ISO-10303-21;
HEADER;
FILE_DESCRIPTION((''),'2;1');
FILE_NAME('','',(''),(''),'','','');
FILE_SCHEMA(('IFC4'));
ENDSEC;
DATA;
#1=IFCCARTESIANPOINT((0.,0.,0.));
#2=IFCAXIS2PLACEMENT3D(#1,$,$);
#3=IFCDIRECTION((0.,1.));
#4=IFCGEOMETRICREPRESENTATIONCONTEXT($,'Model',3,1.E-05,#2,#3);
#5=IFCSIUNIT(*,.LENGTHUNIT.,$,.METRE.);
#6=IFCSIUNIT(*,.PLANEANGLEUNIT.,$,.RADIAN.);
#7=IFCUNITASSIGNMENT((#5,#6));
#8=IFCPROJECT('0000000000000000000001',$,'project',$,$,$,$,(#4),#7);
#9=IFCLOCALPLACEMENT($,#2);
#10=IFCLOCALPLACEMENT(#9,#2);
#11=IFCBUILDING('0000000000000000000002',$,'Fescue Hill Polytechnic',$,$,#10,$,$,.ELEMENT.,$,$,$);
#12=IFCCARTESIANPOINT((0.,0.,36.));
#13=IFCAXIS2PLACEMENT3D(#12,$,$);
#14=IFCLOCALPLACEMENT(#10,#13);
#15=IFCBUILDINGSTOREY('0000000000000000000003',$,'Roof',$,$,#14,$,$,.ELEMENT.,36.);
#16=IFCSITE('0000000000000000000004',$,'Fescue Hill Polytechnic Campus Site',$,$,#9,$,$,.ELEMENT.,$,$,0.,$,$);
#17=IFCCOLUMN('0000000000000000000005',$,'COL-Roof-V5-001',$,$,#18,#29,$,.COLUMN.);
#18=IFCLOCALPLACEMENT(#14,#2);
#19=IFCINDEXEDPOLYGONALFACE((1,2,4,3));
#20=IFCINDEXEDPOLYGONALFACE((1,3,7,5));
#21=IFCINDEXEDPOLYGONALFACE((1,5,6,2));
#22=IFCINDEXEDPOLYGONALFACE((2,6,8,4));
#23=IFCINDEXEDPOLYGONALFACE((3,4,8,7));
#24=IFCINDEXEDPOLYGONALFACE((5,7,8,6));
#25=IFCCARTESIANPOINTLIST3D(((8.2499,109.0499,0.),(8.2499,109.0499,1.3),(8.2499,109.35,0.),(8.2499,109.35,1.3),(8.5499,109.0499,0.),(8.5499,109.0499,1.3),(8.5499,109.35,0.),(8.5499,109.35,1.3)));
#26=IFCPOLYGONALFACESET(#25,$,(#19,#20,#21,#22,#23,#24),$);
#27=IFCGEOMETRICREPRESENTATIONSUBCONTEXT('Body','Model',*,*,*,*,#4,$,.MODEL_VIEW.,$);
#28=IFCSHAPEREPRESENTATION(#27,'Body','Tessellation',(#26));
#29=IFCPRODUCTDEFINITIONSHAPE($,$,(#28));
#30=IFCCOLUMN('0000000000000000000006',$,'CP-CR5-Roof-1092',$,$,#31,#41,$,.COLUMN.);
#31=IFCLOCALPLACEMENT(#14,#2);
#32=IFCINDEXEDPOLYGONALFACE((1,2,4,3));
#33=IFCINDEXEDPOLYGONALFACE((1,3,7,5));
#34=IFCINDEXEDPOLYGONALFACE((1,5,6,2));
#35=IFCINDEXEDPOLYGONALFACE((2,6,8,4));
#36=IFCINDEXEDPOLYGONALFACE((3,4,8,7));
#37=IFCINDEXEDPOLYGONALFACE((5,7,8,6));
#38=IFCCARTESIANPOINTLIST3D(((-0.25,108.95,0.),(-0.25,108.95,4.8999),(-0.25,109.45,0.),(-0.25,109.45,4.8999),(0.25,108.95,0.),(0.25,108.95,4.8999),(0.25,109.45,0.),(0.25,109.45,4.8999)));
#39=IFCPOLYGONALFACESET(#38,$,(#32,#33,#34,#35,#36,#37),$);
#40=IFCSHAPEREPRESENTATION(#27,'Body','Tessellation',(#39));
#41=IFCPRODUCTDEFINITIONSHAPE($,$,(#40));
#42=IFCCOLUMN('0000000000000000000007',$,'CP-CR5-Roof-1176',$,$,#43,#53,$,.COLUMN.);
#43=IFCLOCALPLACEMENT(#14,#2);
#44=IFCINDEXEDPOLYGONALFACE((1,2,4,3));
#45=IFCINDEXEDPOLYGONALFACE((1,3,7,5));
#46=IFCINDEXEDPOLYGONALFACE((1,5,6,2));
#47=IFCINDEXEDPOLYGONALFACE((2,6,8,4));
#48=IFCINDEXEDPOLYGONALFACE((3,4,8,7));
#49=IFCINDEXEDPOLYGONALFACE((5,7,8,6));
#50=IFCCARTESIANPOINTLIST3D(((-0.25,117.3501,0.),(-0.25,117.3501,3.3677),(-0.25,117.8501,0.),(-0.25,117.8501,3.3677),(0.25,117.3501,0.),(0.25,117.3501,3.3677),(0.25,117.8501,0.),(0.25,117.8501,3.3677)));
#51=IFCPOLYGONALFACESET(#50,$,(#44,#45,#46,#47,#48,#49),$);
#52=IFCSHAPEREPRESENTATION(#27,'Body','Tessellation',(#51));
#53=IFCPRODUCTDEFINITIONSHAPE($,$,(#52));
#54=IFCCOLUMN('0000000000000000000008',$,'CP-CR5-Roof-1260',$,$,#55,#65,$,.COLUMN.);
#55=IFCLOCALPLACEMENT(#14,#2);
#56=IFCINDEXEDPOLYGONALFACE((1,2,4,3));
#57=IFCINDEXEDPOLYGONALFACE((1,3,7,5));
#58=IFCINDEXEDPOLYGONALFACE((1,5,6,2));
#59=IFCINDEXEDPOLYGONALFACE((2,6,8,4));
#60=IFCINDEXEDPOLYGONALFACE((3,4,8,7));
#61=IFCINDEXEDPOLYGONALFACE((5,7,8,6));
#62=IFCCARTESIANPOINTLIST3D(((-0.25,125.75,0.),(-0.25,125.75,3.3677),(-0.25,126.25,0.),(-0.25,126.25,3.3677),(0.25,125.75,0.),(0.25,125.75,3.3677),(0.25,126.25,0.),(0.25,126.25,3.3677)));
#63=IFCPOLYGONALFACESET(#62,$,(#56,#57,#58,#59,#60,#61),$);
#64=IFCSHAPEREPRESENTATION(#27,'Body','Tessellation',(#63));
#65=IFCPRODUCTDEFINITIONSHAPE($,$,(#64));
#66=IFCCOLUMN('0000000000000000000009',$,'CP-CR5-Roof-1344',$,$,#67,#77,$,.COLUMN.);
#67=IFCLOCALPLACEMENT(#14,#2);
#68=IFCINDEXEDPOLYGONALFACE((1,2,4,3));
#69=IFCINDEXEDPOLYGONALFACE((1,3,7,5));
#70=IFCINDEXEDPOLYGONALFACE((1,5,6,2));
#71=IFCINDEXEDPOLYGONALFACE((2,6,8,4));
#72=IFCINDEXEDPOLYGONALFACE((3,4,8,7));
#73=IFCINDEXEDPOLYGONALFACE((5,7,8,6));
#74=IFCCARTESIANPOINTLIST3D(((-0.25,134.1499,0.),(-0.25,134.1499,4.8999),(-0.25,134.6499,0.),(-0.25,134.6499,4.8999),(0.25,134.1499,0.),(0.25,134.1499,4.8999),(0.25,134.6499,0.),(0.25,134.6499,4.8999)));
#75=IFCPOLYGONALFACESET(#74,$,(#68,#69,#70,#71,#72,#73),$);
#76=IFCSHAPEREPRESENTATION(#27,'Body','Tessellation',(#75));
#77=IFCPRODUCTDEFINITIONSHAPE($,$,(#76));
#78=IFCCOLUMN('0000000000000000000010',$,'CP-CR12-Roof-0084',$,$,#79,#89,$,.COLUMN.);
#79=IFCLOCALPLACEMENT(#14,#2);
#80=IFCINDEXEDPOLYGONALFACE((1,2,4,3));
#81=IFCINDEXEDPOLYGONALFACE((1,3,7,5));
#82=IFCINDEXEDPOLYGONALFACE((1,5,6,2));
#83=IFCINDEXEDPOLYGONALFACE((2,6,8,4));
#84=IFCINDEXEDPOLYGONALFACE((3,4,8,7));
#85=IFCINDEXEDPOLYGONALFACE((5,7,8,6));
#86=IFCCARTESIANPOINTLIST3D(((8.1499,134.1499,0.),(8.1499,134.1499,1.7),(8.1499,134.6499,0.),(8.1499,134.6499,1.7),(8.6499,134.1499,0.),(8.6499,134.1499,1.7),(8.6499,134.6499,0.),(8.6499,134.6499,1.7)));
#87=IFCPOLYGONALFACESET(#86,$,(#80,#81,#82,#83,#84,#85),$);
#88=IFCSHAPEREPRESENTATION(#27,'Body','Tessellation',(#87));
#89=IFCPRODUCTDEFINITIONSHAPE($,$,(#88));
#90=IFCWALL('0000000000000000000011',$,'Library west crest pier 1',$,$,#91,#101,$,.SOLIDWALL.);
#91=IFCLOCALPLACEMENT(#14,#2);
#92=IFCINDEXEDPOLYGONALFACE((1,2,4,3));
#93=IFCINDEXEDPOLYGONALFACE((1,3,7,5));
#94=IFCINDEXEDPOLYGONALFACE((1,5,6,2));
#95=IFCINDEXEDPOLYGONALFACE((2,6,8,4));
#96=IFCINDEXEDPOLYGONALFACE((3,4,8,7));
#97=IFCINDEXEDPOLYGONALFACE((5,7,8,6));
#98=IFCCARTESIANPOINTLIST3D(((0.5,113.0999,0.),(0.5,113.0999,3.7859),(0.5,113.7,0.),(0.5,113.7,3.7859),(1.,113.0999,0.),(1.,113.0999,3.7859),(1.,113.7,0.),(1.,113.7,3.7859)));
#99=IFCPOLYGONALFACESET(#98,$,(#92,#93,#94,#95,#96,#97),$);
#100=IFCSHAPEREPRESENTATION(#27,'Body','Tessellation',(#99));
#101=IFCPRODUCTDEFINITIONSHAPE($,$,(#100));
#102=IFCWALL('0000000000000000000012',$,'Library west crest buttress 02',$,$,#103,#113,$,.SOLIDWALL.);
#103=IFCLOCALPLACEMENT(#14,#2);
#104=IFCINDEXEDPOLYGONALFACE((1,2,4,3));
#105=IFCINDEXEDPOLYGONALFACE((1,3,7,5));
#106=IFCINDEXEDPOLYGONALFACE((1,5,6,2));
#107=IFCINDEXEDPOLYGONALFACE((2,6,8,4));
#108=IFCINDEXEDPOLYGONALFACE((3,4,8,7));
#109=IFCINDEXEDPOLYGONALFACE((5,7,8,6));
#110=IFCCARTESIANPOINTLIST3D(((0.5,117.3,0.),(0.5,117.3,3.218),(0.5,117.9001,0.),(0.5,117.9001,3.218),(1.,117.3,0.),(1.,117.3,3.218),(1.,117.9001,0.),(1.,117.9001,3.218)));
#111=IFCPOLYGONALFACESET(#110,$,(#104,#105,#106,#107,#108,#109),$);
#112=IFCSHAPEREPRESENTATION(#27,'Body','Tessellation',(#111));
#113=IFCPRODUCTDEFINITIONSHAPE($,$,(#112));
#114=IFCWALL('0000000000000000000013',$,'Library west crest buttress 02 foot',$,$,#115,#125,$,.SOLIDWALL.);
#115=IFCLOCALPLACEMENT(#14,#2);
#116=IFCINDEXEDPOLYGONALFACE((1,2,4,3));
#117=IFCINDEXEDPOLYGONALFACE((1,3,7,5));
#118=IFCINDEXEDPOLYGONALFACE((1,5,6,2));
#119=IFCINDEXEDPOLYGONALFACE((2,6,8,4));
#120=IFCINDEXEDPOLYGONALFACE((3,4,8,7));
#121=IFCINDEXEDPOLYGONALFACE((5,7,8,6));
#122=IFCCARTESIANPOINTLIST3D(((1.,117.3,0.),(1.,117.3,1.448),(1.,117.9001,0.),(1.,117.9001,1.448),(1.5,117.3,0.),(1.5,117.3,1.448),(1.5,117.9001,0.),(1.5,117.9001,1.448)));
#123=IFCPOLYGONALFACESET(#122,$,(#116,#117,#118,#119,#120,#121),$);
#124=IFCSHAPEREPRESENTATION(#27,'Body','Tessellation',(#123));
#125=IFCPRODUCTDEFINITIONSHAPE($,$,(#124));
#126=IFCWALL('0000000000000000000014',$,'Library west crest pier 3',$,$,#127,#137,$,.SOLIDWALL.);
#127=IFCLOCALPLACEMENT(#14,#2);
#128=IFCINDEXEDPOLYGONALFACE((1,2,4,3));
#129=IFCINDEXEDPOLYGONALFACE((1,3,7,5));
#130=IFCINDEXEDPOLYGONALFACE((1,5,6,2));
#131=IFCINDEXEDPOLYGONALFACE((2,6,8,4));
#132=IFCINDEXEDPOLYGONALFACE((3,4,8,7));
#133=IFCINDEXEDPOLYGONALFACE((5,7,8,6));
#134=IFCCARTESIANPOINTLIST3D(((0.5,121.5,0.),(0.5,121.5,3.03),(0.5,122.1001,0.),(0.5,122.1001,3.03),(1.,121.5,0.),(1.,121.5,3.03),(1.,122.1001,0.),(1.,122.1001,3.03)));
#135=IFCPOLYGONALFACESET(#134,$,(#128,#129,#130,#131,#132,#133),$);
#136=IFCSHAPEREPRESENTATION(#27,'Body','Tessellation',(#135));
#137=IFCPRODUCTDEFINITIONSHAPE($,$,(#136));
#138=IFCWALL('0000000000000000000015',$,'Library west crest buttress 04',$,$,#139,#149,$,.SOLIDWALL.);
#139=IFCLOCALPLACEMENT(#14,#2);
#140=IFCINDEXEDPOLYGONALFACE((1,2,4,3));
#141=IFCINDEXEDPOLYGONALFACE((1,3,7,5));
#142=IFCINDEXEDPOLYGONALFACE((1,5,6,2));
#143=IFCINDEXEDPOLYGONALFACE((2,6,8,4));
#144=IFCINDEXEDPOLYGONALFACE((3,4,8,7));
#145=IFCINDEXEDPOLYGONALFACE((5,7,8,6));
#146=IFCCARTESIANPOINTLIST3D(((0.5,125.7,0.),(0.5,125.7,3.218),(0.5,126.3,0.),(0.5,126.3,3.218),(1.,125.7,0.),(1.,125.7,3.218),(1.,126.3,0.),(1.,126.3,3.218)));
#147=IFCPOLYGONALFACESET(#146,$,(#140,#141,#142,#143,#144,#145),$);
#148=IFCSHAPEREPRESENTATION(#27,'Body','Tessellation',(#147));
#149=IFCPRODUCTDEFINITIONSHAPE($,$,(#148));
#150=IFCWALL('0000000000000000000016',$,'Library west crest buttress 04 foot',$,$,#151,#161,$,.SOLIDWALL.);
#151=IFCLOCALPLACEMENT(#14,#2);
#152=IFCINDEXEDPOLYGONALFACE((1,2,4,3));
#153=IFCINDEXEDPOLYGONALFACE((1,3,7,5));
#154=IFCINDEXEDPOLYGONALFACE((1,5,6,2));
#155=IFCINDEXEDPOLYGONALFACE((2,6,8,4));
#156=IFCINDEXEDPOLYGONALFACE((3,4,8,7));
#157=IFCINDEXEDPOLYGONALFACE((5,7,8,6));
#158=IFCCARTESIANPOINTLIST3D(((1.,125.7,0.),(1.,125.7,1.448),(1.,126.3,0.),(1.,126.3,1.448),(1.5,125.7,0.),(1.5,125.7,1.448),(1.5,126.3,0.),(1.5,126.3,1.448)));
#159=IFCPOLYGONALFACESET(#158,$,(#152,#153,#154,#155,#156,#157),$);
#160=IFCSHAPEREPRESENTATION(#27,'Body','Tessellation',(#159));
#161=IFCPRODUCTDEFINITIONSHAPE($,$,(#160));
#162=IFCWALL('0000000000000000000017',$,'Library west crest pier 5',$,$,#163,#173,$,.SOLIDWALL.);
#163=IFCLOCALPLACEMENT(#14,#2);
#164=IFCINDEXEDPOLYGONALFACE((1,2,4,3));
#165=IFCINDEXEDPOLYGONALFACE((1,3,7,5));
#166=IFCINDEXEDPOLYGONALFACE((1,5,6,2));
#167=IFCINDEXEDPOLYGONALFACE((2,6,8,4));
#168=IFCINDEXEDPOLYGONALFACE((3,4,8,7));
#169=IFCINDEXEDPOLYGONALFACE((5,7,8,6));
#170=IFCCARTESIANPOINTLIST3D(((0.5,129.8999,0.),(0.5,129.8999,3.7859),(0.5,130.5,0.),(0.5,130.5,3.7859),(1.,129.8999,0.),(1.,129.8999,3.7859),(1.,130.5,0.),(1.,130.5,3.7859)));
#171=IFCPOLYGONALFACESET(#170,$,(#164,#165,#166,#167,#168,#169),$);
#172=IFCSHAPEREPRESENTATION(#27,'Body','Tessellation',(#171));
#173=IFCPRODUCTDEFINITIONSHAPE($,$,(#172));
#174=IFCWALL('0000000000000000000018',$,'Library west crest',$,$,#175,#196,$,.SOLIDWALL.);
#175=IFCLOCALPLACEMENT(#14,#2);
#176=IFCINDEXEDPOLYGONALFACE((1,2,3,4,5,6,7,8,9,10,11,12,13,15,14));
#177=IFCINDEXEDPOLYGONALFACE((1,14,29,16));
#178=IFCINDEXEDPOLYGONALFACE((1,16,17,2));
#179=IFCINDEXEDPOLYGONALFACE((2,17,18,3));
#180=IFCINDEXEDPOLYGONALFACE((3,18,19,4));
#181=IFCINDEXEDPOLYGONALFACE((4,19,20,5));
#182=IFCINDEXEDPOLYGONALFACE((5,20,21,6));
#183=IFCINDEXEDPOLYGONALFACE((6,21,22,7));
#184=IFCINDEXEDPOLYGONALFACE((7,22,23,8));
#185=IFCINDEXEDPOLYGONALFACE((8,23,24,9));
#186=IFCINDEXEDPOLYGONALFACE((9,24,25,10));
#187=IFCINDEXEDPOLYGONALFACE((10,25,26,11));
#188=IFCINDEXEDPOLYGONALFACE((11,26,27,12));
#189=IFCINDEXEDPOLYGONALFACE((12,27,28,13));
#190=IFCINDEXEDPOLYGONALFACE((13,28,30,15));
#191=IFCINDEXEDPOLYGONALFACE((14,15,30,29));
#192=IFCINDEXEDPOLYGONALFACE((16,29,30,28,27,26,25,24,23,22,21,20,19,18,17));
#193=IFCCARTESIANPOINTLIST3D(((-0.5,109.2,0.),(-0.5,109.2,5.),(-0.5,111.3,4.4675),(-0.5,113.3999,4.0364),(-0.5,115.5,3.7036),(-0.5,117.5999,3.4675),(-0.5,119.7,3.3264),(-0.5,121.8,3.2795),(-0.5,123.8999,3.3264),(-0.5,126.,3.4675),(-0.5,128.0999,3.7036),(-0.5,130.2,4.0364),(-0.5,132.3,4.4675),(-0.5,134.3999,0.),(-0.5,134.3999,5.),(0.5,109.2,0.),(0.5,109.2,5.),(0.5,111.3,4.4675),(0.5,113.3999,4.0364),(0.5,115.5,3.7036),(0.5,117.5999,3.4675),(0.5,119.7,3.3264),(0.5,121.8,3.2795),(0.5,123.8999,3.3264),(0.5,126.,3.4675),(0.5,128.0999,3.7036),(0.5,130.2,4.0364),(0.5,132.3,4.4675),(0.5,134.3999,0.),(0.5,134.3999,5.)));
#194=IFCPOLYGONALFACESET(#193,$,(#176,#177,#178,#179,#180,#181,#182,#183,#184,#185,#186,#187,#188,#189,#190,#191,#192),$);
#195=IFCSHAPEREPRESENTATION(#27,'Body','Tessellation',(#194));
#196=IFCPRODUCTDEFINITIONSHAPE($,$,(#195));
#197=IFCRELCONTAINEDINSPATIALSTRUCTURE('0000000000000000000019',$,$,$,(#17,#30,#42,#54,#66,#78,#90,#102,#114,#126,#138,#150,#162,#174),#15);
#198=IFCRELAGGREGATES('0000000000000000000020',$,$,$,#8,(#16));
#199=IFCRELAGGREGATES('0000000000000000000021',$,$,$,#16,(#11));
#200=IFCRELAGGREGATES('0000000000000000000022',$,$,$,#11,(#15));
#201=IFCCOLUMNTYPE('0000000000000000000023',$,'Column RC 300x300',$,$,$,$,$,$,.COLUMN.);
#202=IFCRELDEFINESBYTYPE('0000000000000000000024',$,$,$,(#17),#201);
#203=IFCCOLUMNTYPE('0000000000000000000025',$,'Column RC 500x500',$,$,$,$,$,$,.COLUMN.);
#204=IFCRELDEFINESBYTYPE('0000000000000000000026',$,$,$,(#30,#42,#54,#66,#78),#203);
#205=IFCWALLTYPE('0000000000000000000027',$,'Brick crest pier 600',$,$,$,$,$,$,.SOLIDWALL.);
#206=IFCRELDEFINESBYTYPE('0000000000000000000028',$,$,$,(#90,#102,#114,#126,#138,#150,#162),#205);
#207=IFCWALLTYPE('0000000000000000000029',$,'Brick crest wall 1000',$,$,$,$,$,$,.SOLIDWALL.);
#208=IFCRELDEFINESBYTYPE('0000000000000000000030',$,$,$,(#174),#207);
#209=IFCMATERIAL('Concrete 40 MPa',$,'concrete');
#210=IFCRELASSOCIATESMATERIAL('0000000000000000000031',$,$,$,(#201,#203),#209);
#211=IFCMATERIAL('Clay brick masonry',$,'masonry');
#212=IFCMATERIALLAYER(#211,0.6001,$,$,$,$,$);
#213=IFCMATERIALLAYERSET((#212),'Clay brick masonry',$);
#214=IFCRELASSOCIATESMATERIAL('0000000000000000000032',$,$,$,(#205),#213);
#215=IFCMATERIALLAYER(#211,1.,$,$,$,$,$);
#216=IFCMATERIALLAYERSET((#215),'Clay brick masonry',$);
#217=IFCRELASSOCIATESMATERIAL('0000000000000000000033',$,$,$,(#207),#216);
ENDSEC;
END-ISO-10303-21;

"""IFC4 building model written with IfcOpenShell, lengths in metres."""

from ifc_helpers import new_model, si_unit, direction, frame, frame_2d, origin, origin_2d, place, context, subcontext, project, spatial, polyline, rectangle, outline, extrude, material, layer, layer_set, material_profile, profile_set, type_object, element, save


model = new_model("IFC4")

# Units and contexts
model_context = context("Model", 3, precision=1e-05, world=origin(), true_north=direction((0.0, 1.0)))
body_context = subcontext(model_context, "Body", "Model", "MODEL_VIEW")
ifc_project = project(units=[si_unit("LENGTHUNIT", "METRE"), si_unit("PLANEANGLEUNIT", "RADIAN")], contexts=[model_context])

# Site, building, storey
site_placement = place(None, origin())
site = spatial("IfcSite", under=ifc_project, at=site_placement, Name="Fescue Hill Polytechnic Campus Site", CompositionType="ELEMENT", RefElevation=0.0)
building_placement = place(site_placement, origin())
building = spatial("IfcBuilding", under=site, at=building_placement, Name="Fescue Hill Polytechnic", CompositionType="ELEMENT")
storey_placement = place(building_placement, frame((0.0, 0.0, 36.0)))
storey = spatial("IfcBuildingStorey", under=building, at=storey_placement, Name="Roof", CompositionType="ELEMENT", Elevation=36.0)

# Columns
ifc_material_1 = material(Name="Concrete 40 MPa", Category="concrete")
ifc_material_profile_1 = material_profile(ifc_material_1, rectangle(XDim=0.3, YDim=0.3, at=origin_2d()), Name="RC 300x300")
ifc_profile_set_1 = profile_set([ifc_material_profile_1], Name="Concrete 40 MPa")
column_type_1 = type_object("IfcColumnType", Name="Column RC 300x300", PredefinedType="COLUMN", material=ifc_profile_set_1)
column_1_placement = place(storey_placement, frame((8.3999, 109.2, 0.0), z_axis=(0.0, 0.0, 1.0), x_axis=(1.0, 0.0, 0.0)))
element("IfcColumn", 1, at=column_1_placement, inside=storey, type_object=column_type_1, Name="COL-Roof-V5-001", PredefinedType="COLUMN", context=body_context, shape_type="SweptSolid", body=[
    extrude(rectangle(XDim=0.3, YDim=0.3, at=origin_2d()), origin(), (0.0, 0.0, 1.0), 1.3),
])
ifc_material_profile_2 = material_profile(ifc_material_1, rectangle(XDim=0.5, YDim=0.5, at=origin_2d()), Name="RC 500x500")
ifc_profile_set_2 = profile_set([ifc_material_profile_2], Name="Concrete 40 MPa")
column_type_2 = type_object("IfcColumnType", Name="Column RC 500x500", PredefinedType="COLUMN", material=ifc_profile_set_2)
column_2_placement = place(storey_placement, frame((0.0, 109.2, 0.0), z_axis=(0.0, 0.0, 1.0), x_axis=(1.0, 0.0, 0.0)))
element("IfcColumn", 2, at=column_2_placement, inside=storey, type_object=column_type_2, Name="CP-CR5-Roof-1092", PredefinedType="COLUMN", context=body_context, shape_type="SweptSolid", body=[
    extrude(rectangle(XDim=0.5, YDim=0.5, at=origin_2d()), origin(), (0.0, 0.0, 1.0), 4.8999),
])
for number, where, z_axis, x_axis, name in (
    (3, (0.0, 117.6001, 0.0), (0.0, 0.0, 1.0), (1.0, 0.0, 0.0), "CP-CR5-Roof-1176"),
    (4, (0.0, 126.0, 0.0), (0.0, 0.0, 1.0), (1.0, 0.0, 0.0), "CP-CR5-Roof-1260"),
):
    element("IfcColumn", number, at=place(storey_placement, frame(where, z_axis=z_axis, x_axis=x_axis)), inside=storey, type_object=column_type_2, Name=name, PredefinedType="COLUMN", context=body_context, shape_type="SweptSolid", body=[
        extrude(rectangle(XDim=0.5, YDim=0.5, at=origin_2d()), origin(), (0.0, 0.0, 1.0), 3.3677),
    ])
column_3_placement = place(storey_placement, frame((0.0, 134.3999, 0.0), z_axis=(0.0, 0.0, 1.0), x_axis=(1.0, 0.0, 0.0)))
element("IfcColumn", 5, at=column_3_placement, inside=storey, type_object=column_type_2, Name="CP-CR5-Roof-1344", PredefinedType="COLUMN", context=body_context, shape_type="SweptSolid", body=[
    extrude(rectangle(XDim=0.5, YDim=0.5, at=origin_2d()), origin(), (0.0, 0.0, 1.0), 4.8999),
])
column_4_placement = place(storey_placement, frame((8.3999, 134.3999, 0.0), z_axis=(0.0, 0.0, 1.0), x_axis=(1.0, 0.0, 0.0)))
element("IfcColumn", 6, at=column_4_placement, inside=storey, type_object=column_type_2, Name="CP-CR12-Roof-0084", PredefinedType="COLUMN", context=body_context, shape_type="SweptSolid", body=[
    extrude(rectangle(XDim=0.5, YDim=0.5, at=origin_2d()), origin(), (0.0, 0.0, 1.0), 1.7),
])

# Walls
ifc_material_2 = material(Name="Clay brick masonry", Category="masonry")
ifc_layer_1 = layer(ifc_material_2, 0.6001)
ifc_layer_set_1 = layer_set([ifc_layer_1], Name="Clay brick masonry")
wall_type_1 = type_object("IfcWallType", Name="Brick crest pier 600", PredefinedType="SOLIDWALL", material=ifc_layer_set_1)
wall_1_placement = place(storey_placement, frame((0.5, 113.3999, 0.0), z_axis=(0.0, 0.0, 1.0), x_axis=(1.0, 0.0, 0.0)))
element("IfcWall", 7, at=wall_1_placement, inside=storey, type_object=wall_type_1, Name="Library west crest pier 1", PredefinedType="SOLIDWALL", context=body_context, shape_type="SweptSolid", body=[
    extrude(rectangle(XDim=0.5, YDim=0.6001, at=frame_2d((0.25, 0.0))), origin(), (0.0, 0.0, 1.0), 3.7859),
])
wall_2_placement = place(storey_placement, frame((0.5, 117.6001, 0.0), z_axis=(0.0, 0.0, 1.0), x_axis=(1.0, 0.0, 0.0)))
element("IfcWall", 8, at=wall_2_placement, inside=storey, type_object=wall_type_1, Name="Library west crest buttress 02", PredefinedType="SOLIDWALL", context=body_context, shape_type="SweptSolid", body=[
    extrude(rectangle(XDim=0.5, YDim=0.6001, at=frame_2d((0.25, 0.0))), origin(), (0.0, 0.0, 1.0), 3.218),
])
wall_3_placement = place(storey_placement, frame((1.0, 117.6001, 0.0), z_axis=(0.0, 0.0, 1.0), x_axis=(1.0, 0.0, 0.0)))
element("IfcWall", 9, at=wall_3_placement, inside=storey, type_object=wall_type_1, Name="Library west crest buttress 02 foot", PredefinedType="SOLIDWALL", context=body_context, shape_type="SweptSolid", body=[
    extrude(rectangle(XDim=0.5, YDim=0.6001, at=frame_2d((0.25, 0.0))), origin(), (0.0, 0.0, 1.0), 1.448),
])
wall_4_placement = place(storey_placement, frame((0.5, 121.8, 0.0), z_axis=(0.0, 0.0, 1.0), x_axis=(1.0, 0.0, 0.0)))
element("IfcWall", 10, at=wall_4_placement, inside=storey, type_object=wall_type_1, Name="Library west crest pier 3", PredefinedType="SOLIDWALL", context=body_context, shape_type="SweptSolid", body=[
    extrude(rectangle(XDim=0.5, YDim=0.6001, at=frame_2d((0.25, 0.0))), origin(), (0.0, 0.0, 1.0), 3.03),
])
wall_5_placement = place(storey_placement, frame((0.5, 126.0, 0.0), z_axis=(0.0, 0.0, 1.0), x_axis=(1.0, 0.0, 0.0)))
element("IfcWall", 11, at=wall_5_placement, inside=storey, type_object=wall_type_1, Name="Library west crest buttress 04", PredefinedType="SOLIDWALL", context=body_context, shape_type="SweptSolid", body=[
    extrude(rectangle(XDim=0.5, YDim=0.6001, at=frame_2d((0.25, 0.0))), origin(), (0.0, 0.0, 1.0), 3.218),
])
wall_6_placement = place(storey_placement, frame((1.0, 126.0, 0.0), z_axis=(0.0, 0.0, 1.0), x_axis=(1.0, 0.0, 0.0)))
element("IfcWall", 12, at=wall_6_placement, inside=storey, type_object=wall_type_1, Name="Library west crest buttress 04 foot", PredefinedType="SOLIDWALL", context=body_context, shape_type="SweptSolid", body=[
    extrude(rectangle(XDim=0.5, YDim=0.6001, at=frame_2d((0.25, 0.0))), origin(), (0.0, 0.0, 1.0), 1.448),
])
wall_7_placement = place(storey_placement, frame((0.5, 130.2, 0.0), z_axis=(0.0, 0.0, 1.0), x_axis=(1.0, 0.0, 0.0)))
element("IfcWall", 13, at=wall_7_placement, inside=storey, type_object=wall_type_1, Name="Library west crest pier 5", PredefinedType="SOLIDWALL", context=body_context, shape_type="SweptSolid", body=[
    extrude(rectangle(XDim=0.5, YDim=0.6001, at=frame_2d((0.25, 0.0))), origin(), (0.0, 0.0, 1.0), 3.7859),
])
ifc_layer_2 = layer(ifc_material_2, 1.0)
ifc_layer_set_2 = layer_set([ifc_layer_2], Name="Clay brick masonry")
wall_type_2 = type_object("IfcWallType", Name="Brick crest wall 1000", PredefinedType="SOLIDWALL", material=ifc_layer_set_2)
wall_8_placement = place(storey_placement, frame((0.0, 109.2, 0.0), z_axis=(0.0, 0.0, 1.0), x_axis=(0.0, 1.0, 0.0)))
element("IfcWall", 14, at=wall_8_placement, inside=storey, type_object=wall_type_2, Name="Library west crest", PredefinedType="SOLIDWALL", context=body_context, shape_type="SweptSolid", body=[
    extrude(outline(polyline([(0.0, 0.0), (25.2, 0.0), (25.2, 5.0), (23.1001, 4.4675), (21.0, 4.0364), (18.8999, 3.7036), (16.8, 3.4675), (14.7, 3.3264), (12.6001, 3.2795), (10.5, 3.3264), (8.3999, 3.4675), (6.3, 3.7036), (4.2, 4.0364), (2.1001, 4.4675), (0.0, 5.0), (0.0, 0.0)])), frame((0.0, 0.5, 0.0), z_axis=(0.0, -1.0, 0.0), x_axis=(1.0, 0.0, 0.0)), (0.0, 0.0, 1.0), 1.0),
])

save(model, "model.ifc")
